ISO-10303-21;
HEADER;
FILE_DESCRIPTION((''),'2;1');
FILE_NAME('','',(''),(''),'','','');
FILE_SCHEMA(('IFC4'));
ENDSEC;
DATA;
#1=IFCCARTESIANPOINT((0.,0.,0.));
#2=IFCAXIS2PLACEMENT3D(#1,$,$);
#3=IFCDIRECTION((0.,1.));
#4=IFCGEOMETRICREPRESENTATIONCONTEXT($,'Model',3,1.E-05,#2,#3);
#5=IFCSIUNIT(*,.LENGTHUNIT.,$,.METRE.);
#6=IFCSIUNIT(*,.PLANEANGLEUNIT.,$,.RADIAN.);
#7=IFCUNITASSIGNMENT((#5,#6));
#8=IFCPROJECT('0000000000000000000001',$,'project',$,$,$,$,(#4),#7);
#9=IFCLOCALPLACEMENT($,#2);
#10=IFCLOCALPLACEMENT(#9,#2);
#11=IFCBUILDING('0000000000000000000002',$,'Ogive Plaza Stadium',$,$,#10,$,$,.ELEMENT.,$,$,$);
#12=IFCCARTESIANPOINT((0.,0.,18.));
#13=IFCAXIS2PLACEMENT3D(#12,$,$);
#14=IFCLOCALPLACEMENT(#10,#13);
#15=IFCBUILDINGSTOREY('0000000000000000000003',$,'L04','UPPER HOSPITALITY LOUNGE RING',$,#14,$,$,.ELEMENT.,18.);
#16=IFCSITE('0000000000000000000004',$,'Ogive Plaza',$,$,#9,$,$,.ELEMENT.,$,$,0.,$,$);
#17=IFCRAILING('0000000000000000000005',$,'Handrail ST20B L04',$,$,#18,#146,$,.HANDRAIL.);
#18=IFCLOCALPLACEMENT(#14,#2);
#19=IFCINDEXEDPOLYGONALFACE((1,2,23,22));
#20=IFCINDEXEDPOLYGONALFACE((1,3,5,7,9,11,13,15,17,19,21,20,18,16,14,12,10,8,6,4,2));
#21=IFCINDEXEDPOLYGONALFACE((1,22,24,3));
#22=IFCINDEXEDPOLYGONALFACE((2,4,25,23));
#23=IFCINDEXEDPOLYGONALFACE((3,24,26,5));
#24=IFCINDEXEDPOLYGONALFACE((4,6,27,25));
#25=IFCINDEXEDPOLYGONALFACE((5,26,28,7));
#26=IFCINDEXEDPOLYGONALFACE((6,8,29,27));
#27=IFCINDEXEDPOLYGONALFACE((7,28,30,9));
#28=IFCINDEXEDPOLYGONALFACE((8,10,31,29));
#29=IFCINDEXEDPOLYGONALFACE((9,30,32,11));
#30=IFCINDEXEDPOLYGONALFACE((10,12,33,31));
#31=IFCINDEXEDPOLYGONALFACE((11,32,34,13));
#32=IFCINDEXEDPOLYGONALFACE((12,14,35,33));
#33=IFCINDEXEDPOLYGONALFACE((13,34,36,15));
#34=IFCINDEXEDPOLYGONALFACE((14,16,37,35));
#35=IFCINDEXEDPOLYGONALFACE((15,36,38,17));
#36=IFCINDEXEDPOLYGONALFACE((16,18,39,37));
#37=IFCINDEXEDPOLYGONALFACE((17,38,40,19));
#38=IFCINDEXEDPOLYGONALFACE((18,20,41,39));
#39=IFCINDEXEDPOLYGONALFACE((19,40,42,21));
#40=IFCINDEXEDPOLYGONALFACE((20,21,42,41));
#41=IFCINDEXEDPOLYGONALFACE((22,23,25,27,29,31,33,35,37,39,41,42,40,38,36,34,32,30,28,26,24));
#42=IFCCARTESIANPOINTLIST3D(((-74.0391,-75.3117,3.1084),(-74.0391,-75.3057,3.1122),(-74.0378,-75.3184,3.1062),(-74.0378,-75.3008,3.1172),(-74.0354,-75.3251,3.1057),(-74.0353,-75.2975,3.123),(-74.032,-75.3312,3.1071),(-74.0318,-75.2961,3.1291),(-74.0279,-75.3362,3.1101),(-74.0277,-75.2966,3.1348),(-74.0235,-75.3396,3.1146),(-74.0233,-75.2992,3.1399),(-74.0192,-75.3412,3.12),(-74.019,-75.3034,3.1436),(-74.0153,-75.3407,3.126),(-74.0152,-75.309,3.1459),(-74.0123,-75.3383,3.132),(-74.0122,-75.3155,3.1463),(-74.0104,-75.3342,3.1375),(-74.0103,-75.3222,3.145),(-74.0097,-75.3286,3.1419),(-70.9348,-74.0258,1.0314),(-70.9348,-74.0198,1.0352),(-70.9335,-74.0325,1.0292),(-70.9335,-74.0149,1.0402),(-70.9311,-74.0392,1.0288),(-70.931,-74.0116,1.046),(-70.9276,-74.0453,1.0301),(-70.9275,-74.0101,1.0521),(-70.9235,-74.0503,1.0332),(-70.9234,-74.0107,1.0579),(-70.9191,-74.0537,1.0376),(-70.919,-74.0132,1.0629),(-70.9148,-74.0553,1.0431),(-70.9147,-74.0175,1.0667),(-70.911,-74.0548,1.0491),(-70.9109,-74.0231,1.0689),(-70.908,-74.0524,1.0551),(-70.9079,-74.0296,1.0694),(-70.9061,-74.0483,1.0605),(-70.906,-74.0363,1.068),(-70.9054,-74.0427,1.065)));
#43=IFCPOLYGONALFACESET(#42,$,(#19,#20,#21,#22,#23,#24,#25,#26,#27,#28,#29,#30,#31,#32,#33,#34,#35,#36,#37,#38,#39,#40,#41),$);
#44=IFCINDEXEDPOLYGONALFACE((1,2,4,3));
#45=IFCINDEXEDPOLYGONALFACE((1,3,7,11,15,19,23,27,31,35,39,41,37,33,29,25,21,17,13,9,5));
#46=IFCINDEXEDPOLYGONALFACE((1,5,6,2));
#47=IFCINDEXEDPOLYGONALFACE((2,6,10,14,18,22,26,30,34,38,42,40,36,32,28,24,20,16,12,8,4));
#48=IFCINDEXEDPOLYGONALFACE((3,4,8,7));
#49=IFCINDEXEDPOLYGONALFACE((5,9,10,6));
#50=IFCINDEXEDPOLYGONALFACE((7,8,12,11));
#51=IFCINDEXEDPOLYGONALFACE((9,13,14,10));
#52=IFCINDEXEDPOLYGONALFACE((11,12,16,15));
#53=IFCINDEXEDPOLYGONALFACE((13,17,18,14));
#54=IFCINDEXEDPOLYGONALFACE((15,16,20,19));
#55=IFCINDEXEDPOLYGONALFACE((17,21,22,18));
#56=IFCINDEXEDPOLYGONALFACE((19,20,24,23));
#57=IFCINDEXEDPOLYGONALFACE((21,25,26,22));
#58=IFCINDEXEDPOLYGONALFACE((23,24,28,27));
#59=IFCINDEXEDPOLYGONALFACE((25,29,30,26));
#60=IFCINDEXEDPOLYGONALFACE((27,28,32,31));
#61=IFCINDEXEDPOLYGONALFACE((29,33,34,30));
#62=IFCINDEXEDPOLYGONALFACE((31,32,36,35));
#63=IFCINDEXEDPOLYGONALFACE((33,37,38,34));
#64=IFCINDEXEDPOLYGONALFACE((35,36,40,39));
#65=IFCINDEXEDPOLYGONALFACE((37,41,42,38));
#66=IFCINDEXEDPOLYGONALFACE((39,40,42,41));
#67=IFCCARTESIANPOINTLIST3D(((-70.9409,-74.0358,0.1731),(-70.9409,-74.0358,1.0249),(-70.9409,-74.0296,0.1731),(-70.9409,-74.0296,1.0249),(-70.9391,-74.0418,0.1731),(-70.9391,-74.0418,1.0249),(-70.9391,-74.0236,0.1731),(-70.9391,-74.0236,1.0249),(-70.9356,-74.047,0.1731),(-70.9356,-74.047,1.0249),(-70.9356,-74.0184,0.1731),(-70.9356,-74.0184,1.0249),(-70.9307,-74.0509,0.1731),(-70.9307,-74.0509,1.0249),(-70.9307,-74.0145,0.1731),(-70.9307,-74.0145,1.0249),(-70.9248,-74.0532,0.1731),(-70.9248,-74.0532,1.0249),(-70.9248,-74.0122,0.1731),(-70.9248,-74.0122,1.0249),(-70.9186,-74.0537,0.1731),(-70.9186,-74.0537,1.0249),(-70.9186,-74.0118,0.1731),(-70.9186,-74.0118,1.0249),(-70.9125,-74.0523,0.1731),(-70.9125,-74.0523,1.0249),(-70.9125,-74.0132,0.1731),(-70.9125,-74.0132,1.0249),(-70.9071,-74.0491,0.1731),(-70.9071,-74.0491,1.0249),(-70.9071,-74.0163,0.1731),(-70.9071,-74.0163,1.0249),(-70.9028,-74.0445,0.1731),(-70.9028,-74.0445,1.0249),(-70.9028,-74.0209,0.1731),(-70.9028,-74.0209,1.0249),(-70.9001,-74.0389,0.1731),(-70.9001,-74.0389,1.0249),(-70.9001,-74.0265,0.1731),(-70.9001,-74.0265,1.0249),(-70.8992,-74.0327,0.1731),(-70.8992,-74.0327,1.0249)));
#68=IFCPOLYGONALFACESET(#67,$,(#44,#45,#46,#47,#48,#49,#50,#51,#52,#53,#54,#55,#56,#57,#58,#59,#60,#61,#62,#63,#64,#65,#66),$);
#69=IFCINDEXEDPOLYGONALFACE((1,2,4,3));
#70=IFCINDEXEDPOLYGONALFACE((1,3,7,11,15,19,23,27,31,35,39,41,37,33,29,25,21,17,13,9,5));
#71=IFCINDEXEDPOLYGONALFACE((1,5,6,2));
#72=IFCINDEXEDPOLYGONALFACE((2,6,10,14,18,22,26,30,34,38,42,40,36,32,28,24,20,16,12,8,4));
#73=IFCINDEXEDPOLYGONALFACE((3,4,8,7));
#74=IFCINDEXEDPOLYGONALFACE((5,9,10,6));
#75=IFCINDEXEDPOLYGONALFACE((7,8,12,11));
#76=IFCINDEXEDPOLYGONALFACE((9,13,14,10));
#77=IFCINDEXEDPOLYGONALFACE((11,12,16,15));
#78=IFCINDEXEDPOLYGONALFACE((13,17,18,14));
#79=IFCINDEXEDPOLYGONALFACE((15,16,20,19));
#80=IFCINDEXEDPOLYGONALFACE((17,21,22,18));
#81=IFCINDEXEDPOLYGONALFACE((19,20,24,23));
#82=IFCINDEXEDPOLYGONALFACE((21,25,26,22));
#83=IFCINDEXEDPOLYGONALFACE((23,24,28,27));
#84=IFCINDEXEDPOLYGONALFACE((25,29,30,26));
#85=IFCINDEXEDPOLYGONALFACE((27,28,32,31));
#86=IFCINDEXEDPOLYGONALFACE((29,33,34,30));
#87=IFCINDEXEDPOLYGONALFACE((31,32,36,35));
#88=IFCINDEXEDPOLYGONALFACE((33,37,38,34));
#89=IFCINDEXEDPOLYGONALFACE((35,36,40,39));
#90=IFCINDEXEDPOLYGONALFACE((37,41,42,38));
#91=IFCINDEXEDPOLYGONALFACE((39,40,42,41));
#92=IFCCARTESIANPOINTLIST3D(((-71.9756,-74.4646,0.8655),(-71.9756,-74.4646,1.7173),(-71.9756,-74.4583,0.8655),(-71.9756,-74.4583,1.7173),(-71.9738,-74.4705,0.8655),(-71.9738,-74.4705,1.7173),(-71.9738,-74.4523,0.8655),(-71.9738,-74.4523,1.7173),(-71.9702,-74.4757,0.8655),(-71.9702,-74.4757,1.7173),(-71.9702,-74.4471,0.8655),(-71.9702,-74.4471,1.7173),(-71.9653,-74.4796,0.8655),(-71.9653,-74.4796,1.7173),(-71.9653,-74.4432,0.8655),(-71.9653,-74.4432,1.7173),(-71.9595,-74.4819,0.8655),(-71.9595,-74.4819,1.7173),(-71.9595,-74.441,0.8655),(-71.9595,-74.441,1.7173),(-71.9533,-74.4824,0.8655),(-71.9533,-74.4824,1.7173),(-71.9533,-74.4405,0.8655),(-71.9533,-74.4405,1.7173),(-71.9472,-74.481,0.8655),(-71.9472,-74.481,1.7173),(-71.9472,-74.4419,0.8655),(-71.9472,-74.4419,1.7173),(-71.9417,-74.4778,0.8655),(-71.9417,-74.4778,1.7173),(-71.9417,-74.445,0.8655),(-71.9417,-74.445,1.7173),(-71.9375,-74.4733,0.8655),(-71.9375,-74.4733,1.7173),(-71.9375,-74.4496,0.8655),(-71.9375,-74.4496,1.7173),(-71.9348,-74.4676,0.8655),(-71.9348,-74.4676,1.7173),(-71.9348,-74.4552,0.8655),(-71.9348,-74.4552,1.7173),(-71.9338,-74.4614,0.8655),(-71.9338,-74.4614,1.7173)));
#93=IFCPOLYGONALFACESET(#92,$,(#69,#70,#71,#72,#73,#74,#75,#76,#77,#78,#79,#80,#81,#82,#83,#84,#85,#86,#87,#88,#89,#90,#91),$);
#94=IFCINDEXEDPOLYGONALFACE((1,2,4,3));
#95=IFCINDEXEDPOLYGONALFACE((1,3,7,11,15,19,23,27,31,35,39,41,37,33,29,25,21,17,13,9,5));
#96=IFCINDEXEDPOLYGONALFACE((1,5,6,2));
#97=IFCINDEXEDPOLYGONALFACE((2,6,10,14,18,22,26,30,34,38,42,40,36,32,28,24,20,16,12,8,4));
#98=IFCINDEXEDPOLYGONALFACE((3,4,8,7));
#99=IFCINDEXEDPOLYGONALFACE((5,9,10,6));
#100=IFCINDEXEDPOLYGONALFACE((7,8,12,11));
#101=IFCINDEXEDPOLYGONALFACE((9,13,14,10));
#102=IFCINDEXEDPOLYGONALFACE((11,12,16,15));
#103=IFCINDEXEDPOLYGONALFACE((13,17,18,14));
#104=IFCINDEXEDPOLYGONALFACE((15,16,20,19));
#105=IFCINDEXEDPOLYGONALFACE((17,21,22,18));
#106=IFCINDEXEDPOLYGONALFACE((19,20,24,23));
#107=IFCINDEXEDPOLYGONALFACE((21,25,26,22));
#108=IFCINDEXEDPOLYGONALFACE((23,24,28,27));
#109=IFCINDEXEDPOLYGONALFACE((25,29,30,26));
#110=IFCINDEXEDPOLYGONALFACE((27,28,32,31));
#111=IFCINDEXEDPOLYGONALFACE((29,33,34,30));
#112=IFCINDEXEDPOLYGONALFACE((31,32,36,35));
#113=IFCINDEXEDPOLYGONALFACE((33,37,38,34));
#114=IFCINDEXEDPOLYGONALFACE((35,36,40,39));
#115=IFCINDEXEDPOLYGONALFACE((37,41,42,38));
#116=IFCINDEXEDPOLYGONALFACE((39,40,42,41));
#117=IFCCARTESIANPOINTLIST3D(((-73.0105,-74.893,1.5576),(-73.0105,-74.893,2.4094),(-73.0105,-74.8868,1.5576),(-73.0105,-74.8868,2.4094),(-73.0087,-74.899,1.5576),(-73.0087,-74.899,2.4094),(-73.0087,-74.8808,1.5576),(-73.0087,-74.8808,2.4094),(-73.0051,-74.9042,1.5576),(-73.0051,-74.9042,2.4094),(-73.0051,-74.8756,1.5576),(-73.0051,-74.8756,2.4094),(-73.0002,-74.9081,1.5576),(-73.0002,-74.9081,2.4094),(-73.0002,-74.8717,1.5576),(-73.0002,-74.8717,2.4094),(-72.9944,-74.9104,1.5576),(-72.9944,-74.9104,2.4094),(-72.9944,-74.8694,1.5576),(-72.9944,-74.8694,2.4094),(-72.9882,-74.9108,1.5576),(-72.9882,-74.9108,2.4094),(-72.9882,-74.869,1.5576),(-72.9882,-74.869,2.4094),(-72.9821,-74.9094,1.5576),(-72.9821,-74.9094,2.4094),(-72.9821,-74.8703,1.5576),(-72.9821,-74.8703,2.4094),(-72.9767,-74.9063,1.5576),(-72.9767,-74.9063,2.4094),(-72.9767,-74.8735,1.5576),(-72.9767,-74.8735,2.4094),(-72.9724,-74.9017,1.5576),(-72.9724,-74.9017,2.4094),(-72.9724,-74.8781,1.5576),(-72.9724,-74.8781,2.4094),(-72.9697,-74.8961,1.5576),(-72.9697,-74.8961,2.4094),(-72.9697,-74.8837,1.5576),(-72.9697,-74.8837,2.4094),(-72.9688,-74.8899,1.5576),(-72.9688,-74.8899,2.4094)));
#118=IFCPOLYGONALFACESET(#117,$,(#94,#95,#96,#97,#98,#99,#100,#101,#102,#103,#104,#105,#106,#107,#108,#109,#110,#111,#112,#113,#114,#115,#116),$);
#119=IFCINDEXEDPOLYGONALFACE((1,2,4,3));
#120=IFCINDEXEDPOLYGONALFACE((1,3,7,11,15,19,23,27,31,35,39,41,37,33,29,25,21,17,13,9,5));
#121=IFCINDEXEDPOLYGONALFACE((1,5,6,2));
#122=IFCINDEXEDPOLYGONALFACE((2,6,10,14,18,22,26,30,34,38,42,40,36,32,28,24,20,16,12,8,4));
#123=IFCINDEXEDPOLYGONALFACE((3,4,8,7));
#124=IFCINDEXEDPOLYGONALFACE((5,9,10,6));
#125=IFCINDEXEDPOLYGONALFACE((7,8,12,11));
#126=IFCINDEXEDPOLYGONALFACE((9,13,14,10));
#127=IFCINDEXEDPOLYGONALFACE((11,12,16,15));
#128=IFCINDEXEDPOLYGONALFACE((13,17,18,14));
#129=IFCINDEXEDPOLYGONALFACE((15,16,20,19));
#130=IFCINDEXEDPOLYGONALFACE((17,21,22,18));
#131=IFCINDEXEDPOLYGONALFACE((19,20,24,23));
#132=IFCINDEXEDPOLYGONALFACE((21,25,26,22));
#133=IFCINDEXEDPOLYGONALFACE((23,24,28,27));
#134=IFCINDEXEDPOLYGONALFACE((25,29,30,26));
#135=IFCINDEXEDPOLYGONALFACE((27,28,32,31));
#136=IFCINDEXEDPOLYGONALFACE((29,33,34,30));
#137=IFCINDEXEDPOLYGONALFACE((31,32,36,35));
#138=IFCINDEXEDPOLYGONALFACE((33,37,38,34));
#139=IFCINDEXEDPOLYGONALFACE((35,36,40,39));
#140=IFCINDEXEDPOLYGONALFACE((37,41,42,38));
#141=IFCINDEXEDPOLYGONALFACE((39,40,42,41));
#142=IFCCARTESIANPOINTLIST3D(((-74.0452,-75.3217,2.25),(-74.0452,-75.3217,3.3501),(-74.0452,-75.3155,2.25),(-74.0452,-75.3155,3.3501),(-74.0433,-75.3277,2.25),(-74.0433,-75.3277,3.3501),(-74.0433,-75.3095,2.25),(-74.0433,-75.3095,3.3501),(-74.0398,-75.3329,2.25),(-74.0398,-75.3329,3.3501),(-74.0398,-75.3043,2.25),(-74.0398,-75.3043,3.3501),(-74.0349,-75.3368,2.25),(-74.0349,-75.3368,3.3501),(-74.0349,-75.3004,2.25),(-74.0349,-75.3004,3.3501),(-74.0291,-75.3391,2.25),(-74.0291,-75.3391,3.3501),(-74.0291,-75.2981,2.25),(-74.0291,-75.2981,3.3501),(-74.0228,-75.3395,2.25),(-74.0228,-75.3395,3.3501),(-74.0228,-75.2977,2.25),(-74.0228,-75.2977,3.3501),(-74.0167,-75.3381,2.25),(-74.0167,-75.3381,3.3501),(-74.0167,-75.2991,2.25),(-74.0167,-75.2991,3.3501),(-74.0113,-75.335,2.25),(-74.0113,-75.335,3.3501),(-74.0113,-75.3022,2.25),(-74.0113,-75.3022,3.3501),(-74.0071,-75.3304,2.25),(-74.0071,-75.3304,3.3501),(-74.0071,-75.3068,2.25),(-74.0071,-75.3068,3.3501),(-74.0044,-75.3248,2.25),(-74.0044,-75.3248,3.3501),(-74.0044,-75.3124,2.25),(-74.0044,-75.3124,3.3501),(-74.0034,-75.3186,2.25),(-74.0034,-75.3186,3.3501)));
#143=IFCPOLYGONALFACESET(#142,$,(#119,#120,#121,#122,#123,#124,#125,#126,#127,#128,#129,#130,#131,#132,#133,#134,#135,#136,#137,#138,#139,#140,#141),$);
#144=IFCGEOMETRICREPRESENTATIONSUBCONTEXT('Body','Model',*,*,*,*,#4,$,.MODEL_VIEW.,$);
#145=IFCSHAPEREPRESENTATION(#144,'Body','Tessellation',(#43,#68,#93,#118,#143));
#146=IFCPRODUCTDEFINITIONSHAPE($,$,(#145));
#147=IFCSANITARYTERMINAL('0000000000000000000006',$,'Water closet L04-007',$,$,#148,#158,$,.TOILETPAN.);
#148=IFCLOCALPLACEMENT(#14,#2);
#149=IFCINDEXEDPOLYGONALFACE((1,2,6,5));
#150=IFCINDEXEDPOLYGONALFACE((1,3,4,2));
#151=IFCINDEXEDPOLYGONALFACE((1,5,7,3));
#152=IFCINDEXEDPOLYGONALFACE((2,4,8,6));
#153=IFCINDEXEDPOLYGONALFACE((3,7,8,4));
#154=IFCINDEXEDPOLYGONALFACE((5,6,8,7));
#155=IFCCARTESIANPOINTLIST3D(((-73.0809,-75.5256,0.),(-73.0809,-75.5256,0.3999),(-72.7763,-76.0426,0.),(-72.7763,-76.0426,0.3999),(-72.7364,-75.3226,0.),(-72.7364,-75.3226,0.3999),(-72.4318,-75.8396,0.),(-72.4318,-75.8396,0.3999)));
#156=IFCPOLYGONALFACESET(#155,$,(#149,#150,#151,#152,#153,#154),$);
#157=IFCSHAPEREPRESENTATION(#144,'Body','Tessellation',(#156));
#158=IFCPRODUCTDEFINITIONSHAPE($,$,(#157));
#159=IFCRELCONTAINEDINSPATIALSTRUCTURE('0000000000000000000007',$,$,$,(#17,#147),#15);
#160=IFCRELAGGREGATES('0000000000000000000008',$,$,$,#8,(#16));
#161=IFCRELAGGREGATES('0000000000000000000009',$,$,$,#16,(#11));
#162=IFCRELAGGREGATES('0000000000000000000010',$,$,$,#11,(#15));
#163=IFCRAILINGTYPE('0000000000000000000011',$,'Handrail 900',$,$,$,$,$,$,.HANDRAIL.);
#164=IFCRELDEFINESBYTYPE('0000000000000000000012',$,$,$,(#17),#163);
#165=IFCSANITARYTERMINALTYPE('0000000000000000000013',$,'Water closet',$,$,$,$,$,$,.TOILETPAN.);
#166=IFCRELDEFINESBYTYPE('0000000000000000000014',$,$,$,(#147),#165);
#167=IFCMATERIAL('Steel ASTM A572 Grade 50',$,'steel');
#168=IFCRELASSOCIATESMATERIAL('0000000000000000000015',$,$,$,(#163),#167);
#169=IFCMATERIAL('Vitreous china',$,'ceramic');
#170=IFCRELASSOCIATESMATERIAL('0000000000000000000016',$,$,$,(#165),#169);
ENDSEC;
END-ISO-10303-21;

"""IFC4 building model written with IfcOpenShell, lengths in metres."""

from ifc_helpers import new_model, si_unit, direction, frame, origin, origin_2d, place, context, subcontext, project, spatial, rectangle, circle, extrude, material, type_object, element, save


model = new_model("IFC4")

# Units and contexts
model_context = context("Model", 3, precision=1e-05, world=origin(), true_north=direction((0.0, 1.0)))
body_context = subcontext(model_context, "Body", "Model", "MODEL_VIEW")
ifc_project = project(units=[si_unit("LENGTHUNIT", "METRE"), si_unit("PLANEANGLEUNIT", "RADIAN")], contexts=[model_context])

# Site, building, storey
site_placement = place(None, origin())
site = spatial("IfcSite", under=ifc_project, at=site_placement, Name="Ogive Plaza", CompositionType="ELEMENT", RefElevation=0.0)
building_placement = place(site_placement, origin())
building = spatial("IfcBuilding", under=site, at=building_placement, Name="Ogive Plaza Stadium", CompositionType="ELEMENT")
storey_placement = place(building_placement, frame((0.0, 0.0, 18.0)))
storey = spatial("IfcBuildingStorey", under=building, at=storey_placement, Name="L04", Description="UPPER HOSPITALITY LOUNGE RING", CompositionType="ELEMENT", Elevation=18.0)

# Railing
ifc_material_1 = material(Name="Steel ASTM A572 Grade 50", Category="steel")
railing_type_1 = type_object("IfcRailingType", Name="Handrail 900", PredefinedType="HANDRAIL", material=ifc_material_1)
railing_1_placement = place(storey_placement, frame((-70.9202, -74.0327, 0.1731)))
element("IfcRailing", 1, at=railing_1_placement, inside=storey, type_object=railing_type_1, Name="Handrail ST20B L04", PredefinedType="HANDRAIL", context=body_context, shape_type="SweptSolid", body=[
    extrude(circle(Radius=0.0239, at=origin_2d()), frame((0.0, 0.0, 0.876), z_axis=(-0.785863, -0.325532, 0.525783), x_axis=(0.3827, -0.923872, 0.0)), (0.0, 0.0, 1.0), 3.9502),
    extrude(circle(Radius=0.021, at=origin_2d()), origin(), (0.0, 0.0, 1.0), 0.8518),
    extrude(circle(Radius=0.021, at=origin_2d()), frame((-1.0347, -0.4287, 0.6924)), (0.0, 0.0, 1.0), 0.8518),
    extrude(circle(Radius=0.021, at=origin_2d()), frame((-2.0696, -0.8572, 1.3845)), (0.0, 0.0, 1.0), 0.8518),
    extrude(circle(Radius=0.021, at=origin_2d()), frame((-3.1042, -1.2859, 2.0769)), (0.0, 0.0, 1.0), 1.1001),
])

# Sanitary terminal
ifc_material_2 = material(Name="Vitreous china", Category="ceramic")
sanitary_terminal_type = type_object("IfcSanitaryTerminalType", Name="Water closet", PredefinedType="TOILETPAN", material=ifc_material_2)
sanitary_terminal_placement = place(storey_placement, frame((-72.7563, -75.6826, 0.0), z_axis=(0.0, 0.0, 1.0), x_axis=(0.861579, 0.507624, 0.0)))
element("IfcSanitaryTerminal", 2, at=sanitary_terminal_placement, inside=storey, type_object=sanitary_terminal_type, Name="Water closet L04-007", PredefinedType="TOILETPAN", context=body_context, shape_type="SweptSolid", body=[
    extrude(rectangle(XDim=0.3999, YDim=0.6001, at=origin_2d()), origin(), (0.0, 0.0, 1.0), 0.3999),
])

save(model, "model.ifc")
